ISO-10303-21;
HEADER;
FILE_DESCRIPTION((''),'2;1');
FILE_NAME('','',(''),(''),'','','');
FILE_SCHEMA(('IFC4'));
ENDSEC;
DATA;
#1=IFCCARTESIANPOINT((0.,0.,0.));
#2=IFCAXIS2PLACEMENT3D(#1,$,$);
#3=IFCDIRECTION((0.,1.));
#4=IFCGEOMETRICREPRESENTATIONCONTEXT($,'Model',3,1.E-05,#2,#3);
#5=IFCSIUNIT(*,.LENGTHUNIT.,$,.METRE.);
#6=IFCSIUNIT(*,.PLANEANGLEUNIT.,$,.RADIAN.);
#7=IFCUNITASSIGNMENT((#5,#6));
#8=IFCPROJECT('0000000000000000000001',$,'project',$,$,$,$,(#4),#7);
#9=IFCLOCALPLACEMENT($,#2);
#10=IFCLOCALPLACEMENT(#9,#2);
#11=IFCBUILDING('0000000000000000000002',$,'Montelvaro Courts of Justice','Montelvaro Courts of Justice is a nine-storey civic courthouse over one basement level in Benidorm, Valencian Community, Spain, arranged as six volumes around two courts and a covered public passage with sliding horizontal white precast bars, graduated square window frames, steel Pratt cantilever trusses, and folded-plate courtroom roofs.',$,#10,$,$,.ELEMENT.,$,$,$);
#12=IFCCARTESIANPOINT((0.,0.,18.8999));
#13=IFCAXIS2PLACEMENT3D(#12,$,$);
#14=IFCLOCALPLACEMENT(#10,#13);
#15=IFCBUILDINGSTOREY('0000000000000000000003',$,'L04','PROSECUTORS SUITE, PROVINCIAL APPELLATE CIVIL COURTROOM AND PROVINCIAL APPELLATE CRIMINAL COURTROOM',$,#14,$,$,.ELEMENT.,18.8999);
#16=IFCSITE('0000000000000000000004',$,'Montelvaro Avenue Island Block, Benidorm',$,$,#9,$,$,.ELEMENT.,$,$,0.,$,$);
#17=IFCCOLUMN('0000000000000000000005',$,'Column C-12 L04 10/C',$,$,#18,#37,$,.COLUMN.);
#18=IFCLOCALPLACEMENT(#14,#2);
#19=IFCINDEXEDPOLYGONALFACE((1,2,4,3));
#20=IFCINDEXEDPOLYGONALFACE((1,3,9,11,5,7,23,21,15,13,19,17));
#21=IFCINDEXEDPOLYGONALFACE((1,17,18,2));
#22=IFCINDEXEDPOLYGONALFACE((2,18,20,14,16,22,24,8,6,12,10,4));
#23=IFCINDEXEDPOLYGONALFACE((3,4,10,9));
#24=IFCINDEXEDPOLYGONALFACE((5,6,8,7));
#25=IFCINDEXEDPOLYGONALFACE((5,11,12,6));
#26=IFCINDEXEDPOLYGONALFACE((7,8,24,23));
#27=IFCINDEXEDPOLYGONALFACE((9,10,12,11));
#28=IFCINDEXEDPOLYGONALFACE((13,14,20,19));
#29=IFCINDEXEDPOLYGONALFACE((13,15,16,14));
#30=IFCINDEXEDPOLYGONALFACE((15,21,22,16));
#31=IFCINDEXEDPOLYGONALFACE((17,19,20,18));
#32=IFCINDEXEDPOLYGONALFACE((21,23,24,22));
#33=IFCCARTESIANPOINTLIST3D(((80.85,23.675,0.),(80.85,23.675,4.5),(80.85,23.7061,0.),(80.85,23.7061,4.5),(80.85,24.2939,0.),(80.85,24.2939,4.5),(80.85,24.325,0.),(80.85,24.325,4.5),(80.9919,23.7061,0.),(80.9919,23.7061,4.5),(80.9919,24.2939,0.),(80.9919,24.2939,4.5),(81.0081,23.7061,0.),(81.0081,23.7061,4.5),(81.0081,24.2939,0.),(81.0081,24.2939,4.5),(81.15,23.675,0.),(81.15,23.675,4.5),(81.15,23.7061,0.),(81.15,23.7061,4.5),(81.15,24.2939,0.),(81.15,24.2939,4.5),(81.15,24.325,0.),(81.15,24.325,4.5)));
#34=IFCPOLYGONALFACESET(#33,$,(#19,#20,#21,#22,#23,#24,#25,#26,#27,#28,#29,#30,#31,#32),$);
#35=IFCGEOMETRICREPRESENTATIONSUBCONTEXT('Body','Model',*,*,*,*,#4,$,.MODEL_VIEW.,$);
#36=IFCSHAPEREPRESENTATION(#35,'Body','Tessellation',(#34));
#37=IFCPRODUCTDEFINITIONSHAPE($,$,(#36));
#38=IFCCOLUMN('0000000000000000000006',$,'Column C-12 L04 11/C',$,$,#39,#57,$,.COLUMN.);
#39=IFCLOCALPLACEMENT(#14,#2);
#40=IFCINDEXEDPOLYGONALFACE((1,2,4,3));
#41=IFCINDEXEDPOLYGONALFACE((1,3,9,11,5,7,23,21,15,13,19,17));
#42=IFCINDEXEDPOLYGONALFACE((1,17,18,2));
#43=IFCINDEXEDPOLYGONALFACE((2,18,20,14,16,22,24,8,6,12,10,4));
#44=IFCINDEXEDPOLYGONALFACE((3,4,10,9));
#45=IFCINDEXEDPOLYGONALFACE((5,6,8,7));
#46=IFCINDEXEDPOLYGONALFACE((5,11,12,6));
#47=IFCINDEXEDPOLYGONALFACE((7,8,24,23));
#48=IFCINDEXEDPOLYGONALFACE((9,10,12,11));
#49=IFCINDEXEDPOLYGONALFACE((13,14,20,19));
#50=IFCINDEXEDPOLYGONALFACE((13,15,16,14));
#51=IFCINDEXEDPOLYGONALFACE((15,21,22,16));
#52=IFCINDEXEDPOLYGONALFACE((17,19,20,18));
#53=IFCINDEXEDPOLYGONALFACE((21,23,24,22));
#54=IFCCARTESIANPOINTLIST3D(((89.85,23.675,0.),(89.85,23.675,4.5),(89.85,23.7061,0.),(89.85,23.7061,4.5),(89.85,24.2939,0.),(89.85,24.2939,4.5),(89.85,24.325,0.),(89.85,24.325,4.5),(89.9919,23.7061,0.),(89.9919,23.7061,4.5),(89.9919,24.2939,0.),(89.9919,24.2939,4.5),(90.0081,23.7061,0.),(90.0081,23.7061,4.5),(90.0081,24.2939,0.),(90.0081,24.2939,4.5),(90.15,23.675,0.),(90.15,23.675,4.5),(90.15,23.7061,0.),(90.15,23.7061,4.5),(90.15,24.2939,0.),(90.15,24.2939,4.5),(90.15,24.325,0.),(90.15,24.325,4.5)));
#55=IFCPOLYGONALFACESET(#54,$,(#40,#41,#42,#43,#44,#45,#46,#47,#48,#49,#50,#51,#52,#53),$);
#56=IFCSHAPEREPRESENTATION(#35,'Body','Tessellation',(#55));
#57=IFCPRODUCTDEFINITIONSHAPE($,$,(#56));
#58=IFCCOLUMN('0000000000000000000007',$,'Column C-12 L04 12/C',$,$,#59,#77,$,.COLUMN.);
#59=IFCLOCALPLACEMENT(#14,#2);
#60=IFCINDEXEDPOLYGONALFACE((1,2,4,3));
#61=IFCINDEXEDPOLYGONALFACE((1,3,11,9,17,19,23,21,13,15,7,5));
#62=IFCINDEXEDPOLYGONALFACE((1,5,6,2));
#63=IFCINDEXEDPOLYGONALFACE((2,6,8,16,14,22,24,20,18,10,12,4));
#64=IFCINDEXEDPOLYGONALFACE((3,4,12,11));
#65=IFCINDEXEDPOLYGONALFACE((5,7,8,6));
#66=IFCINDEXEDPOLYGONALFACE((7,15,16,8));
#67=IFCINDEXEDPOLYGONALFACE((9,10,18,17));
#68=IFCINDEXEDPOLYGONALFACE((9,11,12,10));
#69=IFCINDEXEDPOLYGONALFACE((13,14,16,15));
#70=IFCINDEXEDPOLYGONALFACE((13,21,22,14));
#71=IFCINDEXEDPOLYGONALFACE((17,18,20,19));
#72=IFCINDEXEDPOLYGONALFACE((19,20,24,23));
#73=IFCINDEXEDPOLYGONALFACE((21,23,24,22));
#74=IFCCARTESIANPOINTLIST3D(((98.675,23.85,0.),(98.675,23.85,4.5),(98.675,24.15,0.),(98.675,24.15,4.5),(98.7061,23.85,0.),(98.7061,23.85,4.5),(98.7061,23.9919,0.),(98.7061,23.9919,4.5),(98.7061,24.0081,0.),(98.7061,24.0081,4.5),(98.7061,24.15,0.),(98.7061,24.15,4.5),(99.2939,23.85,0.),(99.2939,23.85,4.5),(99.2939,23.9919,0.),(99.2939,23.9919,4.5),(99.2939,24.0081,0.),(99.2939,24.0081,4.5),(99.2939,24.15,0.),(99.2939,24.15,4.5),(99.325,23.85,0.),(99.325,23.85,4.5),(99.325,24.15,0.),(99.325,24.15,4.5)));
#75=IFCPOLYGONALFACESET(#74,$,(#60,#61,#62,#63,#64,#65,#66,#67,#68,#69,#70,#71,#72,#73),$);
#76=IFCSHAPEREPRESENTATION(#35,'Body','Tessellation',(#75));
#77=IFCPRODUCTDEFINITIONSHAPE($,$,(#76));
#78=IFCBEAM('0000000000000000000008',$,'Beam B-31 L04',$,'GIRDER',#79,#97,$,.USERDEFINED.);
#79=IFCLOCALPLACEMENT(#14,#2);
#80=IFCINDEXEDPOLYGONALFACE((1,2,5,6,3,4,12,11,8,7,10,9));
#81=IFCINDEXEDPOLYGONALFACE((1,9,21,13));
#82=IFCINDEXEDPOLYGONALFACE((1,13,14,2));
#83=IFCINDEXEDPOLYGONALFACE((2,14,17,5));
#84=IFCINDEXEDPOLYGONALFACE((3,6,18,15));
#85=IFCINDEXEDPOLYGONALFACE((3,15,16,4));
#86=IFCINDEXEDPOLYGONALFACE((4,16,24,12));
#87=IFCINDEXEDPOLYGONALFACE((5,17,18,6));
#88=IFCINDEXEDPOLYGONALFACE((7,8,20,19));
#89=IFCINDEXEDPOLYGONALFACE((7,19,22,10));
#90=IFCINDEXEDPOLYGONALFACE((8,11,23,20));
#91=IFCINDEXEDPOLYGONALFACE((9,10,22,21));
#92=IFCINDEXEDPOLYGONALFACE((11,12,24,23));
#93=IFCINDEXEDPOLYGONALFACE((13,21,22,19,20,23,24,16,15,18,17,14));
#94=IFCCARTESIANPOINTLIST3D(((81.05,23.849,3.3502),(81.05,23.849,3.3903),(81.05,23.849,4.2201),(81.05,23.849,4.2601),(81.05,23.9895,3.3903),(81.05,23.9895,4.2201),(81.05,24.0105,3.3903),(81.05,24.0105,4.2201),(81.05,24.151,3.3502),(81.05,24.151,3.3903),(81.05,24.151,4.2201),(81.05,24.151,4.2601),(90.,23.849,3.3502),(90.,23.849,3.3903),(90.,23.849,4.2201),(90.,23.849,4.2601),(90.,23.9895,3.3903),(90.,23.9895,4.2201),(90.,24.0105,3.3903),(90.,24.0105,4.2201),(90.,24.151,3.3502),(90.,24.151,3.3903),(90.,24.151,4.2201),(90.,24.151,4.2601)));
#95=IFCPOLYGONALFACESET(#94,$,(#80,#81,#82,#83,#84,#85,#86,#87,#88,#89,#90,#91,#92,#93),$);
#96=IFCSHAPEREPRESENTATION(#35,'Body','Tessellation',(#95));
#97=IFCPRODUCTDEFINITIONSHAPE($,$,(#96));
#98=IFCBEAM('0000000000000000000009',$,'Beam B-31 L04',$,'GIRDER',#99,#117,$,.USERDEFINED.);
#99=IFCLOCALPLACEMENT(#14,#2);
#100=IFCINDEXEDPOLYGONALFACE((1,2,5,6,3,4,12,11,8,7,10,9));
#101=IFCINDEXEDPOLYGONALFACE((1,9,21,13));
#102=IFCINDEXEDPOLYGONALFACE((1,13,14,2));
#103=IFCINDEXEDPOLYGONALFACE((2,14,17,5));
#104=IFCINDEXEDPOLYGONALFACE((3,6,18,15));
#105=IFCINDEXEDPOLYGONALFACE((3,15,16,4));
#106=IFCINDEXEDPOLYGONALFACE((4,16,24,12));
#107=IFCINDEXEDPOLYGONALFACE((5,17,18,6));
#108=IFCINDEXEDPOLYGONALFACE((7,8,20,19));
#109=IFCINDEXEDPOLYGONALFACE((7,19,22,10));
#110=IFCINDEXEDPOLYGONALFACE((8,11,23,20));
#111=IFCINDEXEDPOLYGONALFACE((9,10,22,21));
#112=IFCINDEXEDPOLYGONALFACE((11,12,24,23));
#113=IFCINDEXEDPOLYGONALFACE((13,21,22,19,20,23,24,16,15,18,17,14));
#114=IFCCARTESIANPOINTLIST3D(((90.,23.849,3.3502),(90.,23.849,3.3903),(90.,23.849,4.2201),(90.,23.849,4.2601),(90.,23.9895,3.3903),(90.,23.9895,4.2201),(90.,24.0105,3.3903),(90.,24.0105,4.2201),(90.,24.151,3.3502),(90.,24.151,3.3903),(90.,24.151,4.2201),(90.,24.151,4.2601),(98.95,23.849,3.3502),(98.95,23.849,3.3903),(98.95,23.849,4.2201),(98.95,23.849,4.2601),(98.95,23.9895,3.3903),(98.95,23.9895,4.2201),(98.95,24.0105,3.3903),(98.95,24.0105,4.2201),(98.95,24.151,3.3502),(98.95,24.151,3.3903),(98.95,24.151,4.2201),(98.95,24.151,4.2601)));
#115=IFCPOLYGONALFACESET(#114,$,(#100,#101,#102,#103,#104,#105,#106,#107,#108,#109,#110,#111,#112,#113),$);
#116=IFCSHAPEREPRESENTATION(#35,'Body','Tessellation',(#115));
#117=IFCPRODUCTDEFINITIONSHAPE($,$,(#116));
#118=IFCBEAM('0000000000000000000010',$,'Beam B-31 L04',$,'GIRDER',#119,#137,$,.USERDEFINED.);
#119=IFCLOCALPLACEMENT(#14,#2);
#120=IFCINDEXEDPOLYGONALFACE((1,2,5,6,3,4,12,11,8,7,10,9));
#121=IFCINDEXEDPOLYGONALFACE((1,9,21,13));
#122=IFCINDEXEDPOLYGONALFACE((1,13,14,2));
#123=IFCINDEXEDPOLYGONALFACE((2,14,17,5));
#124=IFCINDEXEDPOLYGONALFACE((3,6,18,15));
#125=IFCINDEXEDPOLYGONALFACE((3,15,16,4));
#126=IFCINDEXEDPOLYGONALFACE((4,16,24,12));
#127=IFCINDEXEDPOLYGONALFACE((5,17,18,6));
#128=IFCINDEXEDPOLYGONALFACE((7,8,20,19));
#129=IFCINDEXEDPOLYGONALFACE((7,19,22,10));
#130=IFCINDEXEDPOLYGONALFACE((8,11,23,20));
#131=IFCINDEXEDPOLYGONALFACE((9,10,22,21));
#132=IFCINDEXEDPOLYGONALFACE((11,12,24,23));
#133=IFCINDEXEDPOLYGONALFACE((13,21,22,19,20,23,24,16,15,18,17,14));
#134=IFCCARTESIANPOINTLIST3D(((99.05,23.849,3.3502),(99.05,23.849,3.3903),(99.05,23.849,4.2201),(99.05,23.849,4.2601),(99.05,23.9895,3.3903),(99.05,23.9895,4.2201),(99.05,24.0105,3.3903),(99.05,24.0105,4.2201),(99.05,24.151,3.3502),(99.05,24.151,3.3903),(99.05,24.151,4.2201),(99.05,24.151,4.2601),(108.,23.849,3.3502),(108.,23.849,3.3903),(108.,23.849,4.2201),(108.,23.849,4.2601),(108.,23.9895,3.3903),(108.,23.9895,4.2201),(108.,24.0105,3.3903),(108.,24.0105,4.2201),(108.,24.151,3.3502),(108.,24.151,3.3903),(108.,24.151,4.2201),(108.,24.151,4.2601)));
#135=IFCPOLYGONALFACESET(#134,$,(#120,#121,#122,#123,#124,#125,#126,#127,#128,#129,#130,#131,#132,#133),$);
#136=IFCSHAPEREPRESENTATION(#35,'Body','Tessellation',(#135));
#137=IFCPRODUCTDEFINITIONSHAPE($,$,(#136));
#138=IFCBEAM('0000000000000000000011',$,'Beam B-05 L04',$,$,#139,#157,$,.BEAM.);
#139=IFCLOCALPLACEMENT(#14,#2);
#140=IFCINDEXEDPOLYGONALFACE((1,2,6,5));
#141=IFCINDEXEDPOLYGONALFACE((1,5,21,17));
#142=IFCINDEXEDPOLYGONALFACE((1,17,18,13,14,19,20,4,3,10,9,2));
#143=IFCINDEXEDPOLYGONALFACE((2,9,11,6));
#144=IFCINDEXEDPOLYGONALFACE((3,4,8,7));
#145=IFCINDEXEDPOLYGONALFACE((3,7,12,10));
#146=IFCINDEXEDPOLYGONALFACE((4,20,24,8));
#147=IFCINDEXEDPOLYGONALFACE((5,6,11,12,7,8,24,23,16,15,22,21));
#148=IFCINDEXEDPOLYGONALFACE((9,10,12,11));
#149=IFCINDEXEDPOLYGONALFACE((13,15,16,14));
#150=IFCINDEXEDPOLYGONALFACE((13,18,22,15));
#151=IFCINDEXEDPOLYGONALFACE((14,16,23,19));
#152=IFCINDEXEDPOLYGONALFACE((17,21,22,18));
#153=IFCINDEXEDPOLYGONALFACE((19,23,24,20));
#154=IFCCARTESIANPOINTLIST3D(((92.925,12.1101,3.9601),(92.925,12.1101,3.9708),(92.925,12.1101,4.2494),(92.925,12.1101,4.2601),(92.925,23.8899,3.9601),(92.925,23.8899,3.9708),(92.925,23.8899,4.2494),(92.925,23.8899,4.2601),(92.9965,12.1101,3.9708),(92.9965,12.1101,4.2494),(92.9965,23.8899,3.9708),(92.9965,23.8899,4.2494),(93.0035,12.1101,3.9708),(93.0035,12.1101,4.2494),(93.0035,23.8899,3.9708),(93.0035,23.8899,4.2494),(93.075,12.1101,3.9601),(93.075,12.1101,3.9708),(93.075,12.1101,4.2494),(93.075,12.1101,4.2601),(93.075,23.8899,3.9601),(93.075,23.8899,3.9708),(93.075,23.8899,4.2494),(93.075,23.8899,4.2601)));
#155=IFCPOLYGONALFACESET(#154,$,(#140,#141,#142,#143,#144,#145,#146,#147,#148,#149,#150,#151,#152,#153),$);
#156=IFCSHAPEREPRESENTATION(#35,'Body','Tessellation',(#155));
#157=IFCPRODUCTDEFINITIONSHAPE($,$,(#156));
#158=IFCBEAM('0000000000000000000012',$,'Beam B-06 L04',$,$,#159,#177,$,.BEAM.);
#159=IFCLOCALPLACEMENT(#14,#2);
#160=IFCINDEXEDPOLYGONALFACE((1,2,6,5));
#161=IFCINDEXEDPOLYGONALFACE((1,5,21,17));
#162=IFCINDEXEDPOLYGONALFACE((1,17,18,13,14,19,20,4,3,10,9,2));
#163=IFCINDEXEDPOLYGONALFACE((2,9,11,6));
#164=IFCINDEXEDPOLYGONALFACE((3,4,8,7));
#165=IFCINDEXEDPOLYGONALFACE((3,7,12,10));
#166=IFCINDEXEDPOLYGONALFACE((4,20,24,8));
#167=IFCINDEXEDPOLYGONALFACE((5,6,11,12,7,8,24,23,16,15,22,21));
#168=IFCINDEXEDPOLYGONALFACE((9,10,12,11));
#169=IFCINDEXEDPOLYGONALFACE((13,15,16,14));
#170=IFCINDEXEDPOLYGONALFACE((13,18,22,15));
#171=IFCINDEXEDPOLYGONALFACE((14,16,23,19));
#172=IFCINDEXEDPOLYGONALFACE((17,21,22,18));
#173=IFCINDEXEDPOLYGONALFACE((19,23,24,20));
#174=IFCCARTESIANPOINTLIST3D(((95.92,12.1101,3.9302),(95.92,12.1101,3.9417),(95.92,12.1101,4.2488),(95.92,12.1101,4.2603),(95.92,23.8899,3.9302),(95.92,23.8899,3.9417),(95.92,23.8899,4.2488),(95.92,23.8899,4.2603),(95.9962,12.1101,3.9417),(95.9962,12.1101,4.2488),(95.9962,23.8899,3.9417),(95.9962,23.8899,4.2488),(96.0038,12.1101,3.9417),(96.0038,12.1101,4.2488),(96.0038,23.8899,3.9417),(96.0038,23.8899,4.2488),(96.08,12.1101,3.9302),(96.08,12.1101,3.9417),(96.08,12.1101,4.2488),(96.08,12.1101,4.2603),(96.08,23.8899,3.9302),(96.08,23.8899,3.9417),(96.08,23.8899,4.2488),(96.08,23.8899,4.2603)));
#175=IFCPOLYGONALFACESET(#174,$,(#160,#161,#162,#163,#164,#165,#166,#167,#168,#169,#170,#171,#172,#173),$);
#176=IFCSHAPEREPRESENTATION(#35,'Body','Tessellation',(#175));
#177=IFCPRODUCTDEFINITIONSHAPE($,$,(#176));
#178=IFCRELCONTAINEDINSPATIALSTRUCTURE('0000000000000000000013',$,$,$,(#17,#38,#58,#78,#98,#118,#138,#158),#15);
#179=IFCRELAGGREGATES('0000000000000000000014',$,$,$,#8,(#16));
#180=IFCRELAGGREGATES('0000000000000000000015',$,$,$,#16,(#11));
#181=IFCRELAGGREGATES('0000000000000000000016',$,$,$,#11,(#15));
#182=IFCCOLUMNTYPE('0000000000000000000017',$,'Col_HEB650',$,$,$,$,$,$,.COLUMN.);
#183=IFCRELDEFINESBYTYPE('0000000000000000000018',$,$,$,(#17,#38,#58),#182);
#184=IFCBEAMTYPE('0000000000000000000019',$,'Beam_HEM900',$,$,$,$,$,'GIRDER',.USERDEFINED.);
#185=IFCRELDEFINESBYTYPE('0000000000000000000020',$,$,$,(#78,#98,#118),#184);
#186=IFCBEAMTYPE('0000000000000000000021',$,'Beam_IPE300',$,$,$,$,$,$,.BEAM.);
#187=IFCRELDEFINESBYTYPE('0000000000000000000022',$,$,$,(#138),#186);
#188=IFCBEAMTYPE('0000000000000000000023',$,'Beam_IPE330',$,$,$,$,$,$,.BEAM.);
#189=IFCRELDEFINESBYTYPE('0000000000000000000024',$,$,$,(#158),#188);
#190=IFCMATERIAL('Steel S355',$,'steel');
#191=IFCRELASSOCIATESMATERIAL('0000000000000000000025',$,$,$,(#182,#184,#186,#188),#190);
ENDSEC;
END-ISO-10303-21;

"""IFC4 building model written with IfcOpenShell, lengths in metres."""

from ifc_helpers import new_model, si_unit, direction, frame, origin, origin_2d, place, context, subcontext, project, spatial, i_section, extrude, material, material_profile, profile_set, type_object, element, save


model = new_model("IFC4")

# Units and contexts
model_context = context("Model", 3, precision=1e-05, world=origin(), true_north=direction((0.0, 1.0)))
body_context = subcontext(model_context, "Body", "Model", "MODEL_VIEW")
ifc_project = project(units=[si_unit("LENGTHUNIT", "METRE"), si_unit("PLANEANGLEUNIT", "RADIAN")], contexts=[model_context])

# Site, building, storey
site_placement = place(None, origin())
site = spatial("IfcSite", under=ifc_project, at=site_placement, Name="Montelvaro Avenue Island Block, Benidorm", CompositionType="ELEMENT", RefElevation=0.0)
building_placement = place(site_placement, origin())
building = spatial("IfcBuilding", under=site, at=building_placement, Name="Montelvaro Courts of Justice", Description="Montelvaro Courts of Justice is a nine-storey civic courthouse over one basement level in Benidorm, Valencian Community, Spain, arranged as six volumes around two courts and a covered public passage with sliding horizontal white precast bars, graduated square window frames, steel Pratt cantilever trusses, and folded-plate courtroom roofs.", CompositionType="ELEMENT")
storey_placement = place(building_placement, frame((0.0, 0.0, 18.8999)))
storey = spatial("IfcBuildingStorey", under=building, at=storey_placement, Name="L04", Description="PROSECUTORS SUITE, PROVINCIAL APPELLATE CIVIL COURTROOM AND PROVINCIAL APPELLATE CRIMINAL COURTROOM", CompositionType="ELEMENT", Elevation=18.8999)

# Columns
ifc_material_1 = material(Name="Steel S355", Category="steel")
ifc_material_profile_1 = material_profile(ifc_material_1, i_section(OverallWidth=0.3, OverallDepth=0.6499, WebThickness=0.0161, FlangeThickness=0.031, at=origin_2d()), Name="HEB 650")
ifc_profile_set_1 = profile_set([ifc_material_profile_1], Name="Steel S355")
column_type = type_object("IfcColumnType", Name="Col_HEB650", PredefinedType="COLUMN", material=ifc_profile_set_1)
for number, where, z_axis, x_axis, name in (
    (1, (81.0, 24.0, 0.0), (0.0, 0.0, 1.0), (1.0, 0.0, 0.0), "Column C-12 L04 10/C"),
    (2, (90.0, 24.0, 0.0), (0.0, 0.0, 1.0), (1.0, 0.0, 0.0), "Column C-12 L04 11/C"),
    (3, (99.0, 24.0, 0.0), (0.0, 0.0, 1.0), (0.0, 1.0, 0.0), "Column C-12 L04 12/C"),
):
    element("IfcColumn", number, at=place(storey_placement, frame(where, z_axis=z_axis, x_axis=x_axis)), inside=storey, type_object=column_type, Name=name, PredefinedType="COLUMN", context=body_context, shape_type="SweptSolid", body=[
        extrude(i_section(OverallWidth=0.3, OverallDepth=0.6499, WebThickness=0.0161, FlangeThickness=0.031, at=origin_2d()), origin(), (0.0, 0.0, 1.0), 4.5),
    ])

# Beams
ifc_material_profile_2 = material_profile(ifc_material_1, i_section(OverallWidth=0.302, OverallDepth=0.9099, WebThickness=0.021, FlangeThickness=0.04, at=origin_2d()), Name="HEM 900")
ifc_profile_set_2 = profile_set([ifc_material_profile_2], Name="Steel S355")
beam_type_1 = type_object("IfcBeamType", Name="Beam_HEM900", ElementType="GIRDER", PredefinedType="USERDEFINED", material=ifc_profile_set_2)
for number, where, z_axis, x_axis, name in (
    (4, (81.05, 24.0, 3.8052), (1.0, 0.0, 0.0), (0.0, 1.0, 0.0), "Beam B-31 L04"),
    (5, (90.0, 24.0, 3.8052), (1.0, 0.0, 0.0), (0.0, 1.0, 0.0), "Beam B-31 L04"),
    (6, (99.05, 24.0, 3.8052), (1.0, 0.0, 0.0), (0.0, 1.0, 0.0), "Beam B-31 L04"),
):
    element("IfcBeam", number, at=place(storey_placement, frame(where, z_axis=z_axis, x_axis=x_axis)), inside=storey, type_object=beam_type_1, Name=name, ObjectType="GIRDER", PredefinedType="USERDEFINED", context=body_context, shape_type="SweptSolid", body=[
        extrude(i_section(OverallWidth=0.302, OverallDepth=0.9099, WebThickness=0.021, FlangeThickness=0.04, at=origin_2d()), origin(), (0.0, 0.0, 1.0), 8.95),
    ])
ifc_material_profile_3 = material_profile(ifc_material_1, i_section(OverallWidth=0.1499, OverallDepth=0.3, WebThickness=0.0071, FlangeThickness=0.0107, at=origin_2d()), Name="IPE 300")
ifc_profile_set_3 = profile_set([ifc_material_profile_3], Name="Steel S355")
beam_type_2 = type_object("IfcBeamType", Name="Beam_IPE300", PredefinedType="BEAM", material=ifc_profile_set_3)
beam_1_placement = place(storey_placement, frame((93.0, 12.1101, 4.1101), z_axis=(0.0, 1.0, 0.0), x_axis=(-1.0, 0.0, 0.0)))
element("IfcBeam", 7, at=beam_1_placement, inside=storey, type_object=beam_type_2, Name="Beam B-05 L04", PredefinedType="BEAM", context=body_context, shape_type="SweptSolid", body=[
    extrude(i_section(OverallWidth=0.1499, OverallDepth=0.3, WebThickness=0.0071, FlangeThickness=0.0107, at=origin_2d()), origin(), (0.0, 0.0, 1.0), 11.7798),
])
ifc_material_profile_4 = material_profile(ifc_material_1, i_section(OverallWidth=0.1599, OverallDepth=0.3301, WebThickness=0.0076, FlangeThickness=0.0115, at=origin_2d()), Name="IPE 330")
ifc_profile_set_4 = profile_set([ifc_material_profile_4], Name="Steel S355")
beam_type_3 = type_object("IfcBeamType", Name="Beam_IPE330", PredefinedType="BEAM", material=ifc_profile_set_4)
beam_2_placement = place(storey_placement, frame((96.0, 12.1101, 4.0952), z_axis=(0.0, 1.0, 0.0), x_axis=(-1.0, 0.0, 0.0)))
element("IfcBeam", 8, at=beam_2_placement, inside=storey, type_object=beam_type_3, Name="Beam B-06 L04", PredefinedType="BEAM", context=body_context, shape_type="SweptSolid", body=[
    extrude(i_section(OverallWidth=0.1599, OverallDepth=0.3301, WebThickness=0.0076, FlangeThickness=0.0115, at=origin_2d()), origin(), (0.0, 0.0, 1.0), 11.7798),
])

save(model, "model.ifc")
